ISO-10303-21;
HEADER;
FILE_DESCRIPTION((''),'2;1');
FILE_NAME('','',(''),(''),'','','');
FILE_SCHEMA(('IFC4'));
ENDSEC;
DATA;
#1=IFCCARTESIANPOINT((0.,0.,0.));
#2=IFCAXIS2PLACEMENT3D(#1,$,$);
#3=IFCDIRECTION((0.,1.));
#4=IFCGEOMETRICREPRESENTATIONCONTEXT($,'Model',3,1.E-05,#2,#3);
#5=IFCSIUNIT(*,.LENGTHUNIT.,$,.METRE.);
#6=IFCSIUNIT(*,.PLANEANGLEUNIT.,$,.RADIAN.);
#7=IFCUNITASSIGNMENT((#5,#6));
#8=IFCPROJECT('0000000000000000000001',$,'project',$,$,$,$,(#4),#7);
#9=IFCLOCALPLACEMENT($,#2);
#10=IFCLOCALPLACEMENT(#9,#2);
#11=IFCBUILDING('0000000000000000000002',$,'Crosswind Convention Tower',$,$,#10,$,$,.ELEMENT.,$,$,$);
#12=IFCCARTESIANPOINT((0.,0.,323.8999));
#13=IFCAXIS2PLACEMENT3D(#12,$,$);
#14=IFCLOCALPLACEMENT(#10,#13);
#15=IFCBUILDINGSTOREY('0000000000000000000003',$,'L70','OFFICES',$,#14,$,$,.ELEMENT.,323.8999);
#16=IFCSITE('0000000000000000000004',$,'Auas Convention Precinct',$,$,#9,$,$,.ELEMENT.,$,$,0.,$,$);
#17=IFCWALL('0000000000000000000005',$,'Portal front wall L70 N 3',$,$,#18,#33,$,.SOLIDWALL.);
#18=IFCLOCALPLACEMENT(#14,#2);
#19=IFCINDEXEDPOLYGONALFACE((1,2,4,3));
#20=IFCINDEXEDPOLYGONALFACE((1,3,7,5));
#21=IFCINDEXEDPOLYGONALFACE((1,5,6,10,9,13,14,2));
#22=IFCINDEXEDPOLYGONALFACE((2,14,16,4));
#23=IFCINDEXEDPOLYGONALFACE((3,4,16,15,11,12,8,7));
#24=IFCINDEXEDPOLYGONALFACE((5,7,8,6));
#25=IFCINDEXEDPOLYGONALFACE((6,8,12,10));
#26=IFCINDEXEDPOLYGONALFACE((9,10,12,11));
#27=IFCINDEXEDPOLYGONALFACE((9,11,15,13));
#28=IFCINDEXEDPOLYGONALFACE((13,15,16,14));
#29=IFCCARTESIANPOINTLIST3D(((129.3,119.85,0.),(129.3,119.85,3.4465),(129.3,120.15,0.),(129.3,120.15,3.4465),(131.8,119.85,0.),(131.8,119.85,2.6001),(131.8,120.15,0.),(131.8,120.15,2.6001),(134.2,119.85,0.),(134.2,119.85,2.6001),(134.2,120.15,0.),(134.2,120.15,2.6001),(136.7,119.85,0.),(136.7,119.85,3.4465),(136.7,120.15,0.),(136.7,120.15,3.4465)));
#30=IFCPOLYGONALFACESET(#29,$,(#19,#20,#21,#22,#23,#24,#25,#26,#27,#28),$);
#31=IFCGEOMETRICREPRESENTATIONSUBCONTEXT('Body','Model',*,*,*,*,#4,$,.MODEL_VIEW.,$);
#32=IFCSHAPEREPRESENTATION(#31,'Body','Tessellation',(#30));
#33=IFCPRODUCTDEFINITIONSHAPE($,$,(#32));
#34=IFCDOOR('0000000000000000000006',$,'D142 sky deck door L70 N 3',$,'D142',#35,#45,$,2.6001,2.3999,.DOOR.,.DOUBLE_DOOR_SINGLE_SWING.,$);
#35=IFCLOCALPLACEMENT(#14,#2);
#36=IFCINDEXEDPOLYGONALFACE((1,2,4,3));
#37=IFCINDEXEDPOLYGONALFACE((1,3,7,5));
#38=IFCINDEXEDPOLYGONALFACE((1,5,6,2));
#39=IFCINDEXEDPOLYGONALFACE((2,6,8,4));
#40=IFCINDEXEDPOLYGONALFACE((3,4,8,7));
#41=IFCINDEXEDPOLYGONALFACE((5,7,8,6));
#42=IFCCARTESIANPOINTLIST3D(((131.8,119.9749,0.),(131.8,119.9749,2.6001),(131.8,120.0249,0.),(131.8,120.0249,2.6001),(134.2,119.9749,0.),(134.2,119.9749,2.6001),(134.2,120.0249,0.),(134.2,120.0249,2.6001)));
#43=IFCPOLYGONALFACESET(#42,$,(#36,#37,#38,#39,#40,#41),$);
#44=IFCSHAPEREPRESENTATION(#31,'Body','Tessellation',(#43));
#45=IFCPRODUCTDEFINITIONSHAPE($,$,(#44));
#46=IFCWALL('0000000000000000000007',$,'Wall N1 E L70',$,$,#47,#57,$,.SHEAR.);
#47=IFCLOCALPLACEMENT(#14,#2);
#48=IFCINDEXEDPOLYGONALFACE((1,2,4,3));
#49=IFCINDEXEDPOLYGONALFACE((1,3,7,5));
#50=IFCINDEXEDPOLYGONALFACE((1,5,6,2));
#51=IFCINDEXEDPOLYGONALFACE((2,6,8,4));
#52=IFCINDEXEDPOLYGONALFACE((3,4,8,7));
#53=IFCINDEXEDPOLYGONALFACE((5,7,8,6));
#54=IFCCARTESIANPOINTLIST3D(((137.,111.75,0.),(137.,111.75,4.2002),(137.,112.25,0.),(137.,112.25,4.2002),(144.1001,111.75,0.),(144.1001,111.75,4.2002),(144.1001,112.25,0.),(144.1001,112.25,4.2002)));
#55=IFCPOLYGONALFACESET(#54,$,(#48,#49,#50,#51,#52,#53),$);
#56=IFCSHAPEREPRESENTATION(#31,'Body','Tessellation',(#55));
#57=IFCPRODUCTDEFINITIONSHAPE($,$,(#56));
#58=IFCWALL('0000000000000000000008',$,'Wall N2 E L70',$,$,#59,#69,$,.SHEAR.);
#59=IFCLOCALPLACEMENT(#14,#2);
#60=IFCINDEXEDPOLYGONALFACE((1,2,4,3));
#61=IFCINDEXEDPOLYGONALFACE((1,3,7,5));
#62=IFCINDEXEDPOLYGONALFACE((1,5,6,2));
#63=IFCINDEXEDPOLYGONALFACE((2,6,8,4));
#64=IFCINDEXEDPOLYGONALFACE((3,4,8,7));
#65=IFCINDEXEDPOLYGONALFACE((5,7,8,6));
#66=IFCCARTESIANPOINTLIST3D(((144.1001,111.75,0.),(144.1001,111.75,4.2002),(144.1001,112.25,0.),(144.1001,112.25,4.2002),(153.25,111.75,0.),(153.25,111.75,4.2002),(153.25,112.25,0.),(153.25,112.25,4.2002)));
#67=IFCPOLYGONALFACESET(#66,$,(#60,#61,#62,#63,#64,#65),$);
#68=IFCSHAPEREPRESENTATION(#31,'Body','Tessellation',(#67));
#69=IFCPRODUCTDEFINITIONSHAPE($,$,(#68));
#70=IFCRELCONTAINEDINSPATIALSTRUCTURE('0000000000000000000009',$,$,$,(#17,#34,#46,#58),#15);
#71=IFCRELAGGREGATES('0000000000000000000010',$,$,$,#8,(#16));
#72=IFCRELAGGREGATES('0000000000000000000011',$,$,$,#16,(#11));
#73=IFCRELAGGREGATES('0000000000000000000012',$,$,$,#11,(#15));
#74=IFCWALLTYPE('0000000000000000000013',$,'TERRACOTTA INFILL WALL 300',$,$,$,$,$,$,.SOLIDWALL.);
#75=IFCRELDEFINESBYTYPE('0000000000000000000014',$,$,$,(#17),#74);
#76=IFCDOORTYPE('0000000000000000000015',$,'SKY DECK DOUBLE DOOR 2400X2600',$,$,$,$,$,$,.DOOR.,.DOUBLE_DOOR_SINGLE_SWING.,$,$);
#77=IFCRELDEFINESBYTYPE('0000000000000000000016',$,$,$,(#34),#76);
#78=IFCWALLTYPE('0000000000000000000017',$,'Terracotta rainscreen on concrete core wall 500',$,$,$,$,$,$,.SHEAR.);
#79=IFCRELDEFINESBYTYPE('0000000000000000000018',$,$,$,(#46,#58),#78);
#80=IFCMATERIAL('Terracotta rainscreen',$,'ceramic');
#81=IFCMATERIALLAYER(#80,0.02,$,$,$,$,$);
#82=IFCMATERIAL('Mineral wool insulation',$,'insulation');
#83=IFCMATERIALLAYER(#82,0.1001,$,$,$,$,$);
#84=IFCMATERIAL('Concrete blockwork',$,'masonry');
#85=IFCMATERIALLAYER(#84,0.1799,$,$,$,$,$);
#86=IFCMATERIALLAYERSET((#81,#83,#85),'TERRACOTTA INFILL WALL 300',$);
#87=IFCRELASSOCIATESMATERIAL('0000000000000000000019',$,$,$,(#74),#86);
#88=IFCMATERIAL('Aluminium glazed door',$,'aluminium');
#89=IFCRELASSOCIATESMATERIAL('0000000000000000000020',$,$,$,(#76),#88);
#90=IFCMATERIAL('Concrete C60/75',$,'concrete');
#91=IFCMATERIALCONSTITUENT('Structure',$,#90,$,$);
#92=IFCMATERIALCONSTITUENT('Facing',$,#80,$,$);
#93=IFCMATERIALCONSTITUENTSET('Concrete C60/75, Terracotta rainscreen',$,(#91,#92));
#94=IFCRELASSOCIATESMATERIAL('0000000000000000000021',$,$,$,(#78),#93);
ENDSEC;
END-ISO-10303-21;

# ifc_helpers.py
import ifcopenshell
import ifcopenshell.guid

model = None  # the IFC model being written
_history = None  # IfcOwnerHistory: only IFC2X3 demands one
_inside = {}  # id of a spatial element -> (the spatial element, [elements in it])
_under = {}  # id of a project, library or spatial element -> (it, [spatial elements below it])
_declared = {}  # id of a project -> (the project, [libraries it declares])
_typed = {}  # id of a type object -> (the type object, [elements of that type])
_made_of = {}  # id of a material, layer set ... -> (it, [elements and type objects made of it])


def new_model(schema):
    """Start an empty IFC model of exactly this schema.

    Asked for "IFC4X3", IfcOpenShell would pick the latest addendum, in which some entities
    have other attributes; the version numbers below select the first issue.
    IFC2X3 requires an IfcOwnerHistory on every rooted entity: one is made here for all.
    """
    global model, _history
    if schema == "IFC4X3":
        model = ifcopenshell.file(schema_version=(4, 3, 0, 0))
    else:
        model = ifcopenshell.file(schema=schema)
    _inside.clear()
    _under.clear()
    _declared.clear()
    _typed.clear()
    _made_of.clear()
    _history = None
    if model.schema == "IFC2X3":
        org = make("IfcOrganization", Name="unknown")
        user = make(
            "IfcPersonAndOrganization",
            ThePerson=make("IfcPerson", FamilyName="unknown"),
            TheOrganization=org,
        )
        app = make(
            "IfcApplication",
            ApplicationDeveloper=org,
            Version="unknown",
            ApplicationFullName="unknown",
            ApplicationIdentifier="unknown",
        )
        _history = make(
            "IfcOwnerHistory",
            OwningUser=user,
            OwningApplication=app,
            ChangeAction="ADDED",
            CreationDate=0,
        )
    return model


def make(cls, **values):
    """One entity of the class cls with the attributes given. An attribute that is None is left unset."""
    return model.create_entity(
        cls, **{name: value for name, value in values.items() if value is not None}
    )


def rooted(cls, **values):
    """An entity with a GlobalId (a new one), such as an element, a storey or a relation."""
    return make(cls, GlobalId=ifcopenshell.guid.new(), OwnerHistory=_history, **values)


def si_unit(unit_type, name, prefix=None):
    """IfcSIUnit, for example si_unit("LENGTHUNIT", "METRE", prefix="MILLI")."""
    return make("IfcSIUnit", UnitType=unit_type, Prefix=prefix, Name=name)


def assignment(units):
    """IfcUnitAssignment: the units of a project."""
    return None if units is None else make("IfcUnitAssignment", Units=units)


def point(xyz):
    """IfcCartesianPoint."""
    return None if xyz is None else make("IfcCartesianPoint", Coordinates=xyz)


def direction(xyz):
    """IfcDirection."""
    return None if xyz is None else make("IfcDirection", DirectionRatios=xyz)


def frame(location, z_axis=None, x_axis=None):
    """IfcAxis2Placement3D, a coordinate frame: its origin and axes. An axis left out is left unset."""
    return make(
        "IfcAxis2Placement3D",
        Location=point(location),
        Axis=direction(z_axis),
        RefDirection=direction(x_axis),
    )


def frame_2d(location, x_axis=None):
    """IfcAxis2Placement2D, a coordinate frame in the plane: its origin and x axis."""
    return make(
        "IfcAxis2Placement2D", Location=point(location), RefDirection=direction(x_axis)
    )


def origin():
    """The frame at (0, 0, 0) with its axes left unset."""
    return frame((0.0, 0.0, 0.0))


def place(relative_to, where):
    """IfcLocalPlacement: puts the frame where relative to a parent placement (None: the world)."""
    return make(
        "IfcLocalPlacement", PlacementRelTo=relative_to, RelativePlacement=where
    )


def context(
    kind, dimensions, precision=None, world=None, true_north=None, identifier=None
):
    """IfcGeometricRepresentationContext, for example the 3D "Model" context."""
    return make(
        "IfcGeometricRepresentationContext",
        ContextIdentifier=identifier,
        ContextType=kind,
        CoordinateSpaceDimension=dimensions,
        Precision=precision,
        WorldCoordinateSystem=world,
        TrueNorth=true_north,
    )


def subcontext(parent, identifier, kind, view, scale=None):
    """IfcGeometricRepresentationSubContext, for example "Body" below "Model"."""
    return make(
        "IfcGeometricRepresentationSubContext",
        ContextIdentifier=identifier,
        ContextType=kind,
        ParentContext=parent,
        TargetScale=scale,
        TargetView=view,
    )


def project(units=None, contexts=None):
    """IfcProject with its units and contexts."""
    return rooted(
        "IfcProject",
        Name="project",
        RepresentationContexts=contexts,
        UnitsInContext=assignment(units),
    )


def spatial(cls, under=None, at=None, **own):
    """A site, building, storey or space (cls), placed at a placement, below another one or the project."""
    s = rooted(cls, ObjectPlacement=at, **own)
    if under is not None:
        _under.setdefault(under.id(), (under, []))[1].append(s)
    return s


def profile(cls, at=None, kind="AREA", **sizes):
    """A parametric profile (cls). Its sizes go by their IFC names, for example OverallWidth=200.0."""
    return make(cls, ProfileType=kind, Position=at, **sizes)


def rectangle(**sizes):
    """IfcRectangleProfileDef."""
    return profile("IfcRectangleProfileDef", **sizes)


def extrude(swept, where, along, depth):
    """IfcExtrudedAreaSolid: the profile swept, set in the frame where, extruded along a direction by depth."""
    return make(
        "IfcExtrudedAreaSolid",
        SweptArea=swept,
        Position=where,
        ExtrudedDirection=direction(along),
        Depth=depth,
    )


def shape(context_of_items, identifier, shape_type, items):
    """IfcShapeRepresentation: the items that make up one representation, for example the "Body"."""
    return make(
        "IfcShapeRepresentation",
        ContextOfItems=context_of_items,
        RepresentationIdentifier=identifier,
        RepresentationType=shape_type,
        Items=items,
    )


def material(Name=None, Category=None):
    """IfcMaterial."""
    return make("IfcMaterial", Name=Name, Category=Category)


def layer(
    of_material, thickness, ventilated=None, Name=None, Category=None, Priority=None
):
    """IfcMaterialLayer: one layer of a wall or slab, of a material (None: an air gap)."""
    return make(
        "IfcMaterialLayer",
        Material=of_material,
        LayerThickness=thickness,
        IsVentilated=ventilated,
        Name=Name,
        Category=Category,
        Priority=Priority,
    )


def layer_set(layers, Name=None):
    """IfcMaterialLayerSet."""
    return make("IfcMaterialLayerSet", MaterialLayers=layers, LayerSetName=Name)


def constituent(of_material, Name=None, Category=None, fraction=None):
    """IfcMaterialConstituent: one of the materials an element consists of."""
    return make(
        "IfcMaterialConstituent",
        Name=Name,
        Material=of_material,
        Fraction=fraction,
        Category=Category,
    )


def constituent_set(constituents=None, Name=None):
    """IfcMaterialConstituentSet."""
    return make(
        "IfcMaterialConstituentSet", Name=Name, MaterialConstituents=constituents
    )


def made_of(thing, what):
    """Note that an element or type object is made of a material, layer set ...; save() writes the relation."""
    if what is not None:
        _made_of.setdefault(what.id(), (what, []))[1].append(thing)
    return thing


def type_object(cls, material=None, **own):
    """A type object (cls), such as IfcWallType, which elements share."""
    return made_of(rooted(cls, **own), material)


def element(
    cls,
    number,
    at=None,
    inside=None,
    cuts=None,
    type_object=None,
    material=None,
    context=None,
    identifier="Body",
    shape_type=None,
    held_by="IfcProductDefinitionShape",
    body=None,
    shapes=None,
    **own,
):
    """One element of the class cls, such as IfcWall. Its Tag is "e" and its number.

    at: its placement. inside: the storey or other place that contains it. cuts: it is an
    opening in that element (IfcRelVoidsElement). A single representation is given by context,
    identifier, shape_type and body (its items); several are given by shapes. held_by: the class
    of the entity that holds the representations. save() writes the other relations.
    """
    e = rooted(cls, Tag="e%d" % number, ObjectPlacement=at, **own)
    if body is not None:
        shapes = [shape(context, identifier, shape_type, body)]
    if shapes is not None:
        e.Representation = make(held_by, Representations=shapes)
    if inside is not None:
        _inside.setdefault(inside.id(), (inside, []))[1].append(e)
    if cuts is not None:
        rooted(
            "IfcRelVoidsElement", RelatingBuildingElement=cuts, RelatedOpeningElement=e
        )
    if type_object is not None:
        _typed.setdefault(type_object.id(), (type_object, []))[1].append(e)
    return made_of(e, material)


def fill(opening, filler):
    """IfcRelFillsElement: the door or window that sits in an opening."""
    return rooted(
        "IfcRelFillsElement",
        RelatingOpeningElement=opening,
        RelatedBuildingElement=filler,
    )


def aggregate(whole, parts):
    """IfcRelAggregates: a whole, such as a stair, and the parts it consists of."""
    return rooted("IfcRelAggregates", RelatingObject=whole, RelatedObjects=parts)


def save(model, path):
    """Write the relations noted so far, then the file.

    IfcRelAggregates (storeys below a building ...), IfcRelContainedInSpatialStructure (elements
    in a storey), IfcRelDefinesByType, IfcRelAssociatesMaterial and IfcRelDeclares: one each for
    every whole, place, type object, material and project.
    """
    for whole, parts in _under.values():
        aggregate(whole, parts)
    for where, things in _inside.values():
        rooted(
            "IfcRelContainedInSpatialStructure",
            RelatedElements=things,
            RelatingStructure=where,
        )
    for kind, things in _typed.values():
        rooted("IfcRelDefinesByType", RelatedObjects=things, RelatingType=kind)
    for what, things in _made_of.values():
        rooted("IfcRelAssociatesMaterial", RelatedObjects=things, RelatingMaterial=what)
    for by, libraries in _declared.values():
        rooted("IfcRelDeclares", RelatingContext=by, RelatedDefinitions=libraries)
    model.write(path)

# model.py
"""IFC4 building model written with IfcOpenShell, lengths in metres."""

from ifc_helpers import new_model, si_unit, direction, frame, frame_2d, origin, place, context, subcontext, project, spatial, rectangle, extrude, material, layer, layer_set, constituent, constituent_set, type_object, element, fill, save


model = new_model("IFC4")

# Units and contexts
model_context = context("Model", 3, precision=1e-05, world=origin(), true_north=direction((0.0, 1.0)))
body_context = subcontext(model_context, "Body", "Model", "MODEL_VIEW")
ifc_project = project(units=[si_unit("LENGTHUNIT", "METRE"), si_unit("PLANEANGLEUNIT", "RADIAN")], contexts=[model_context])

# Site, building, storey
site_placement = place(None, origin())
site = spatial("IfcSite", under=ifc_project, at=site_placement, Name="Auas Convention Precinct", CompositionType="ELEMENT", RefElevation=0.0)
building_placement = place(site_placement, origin())
building = spatial("IfcBuilding", under=site, at=building_placement, Name="Crosswind Convention Tower", CompositionType="ELEMENT")
storey_placement = place(building_placement, frame((0.0, 0.0, 323.8999)))
storey = spatial("IfcBuildingStorey", under=building, at=storey_placement, Name="L70", Description="OFFICES", CompositionType="ELEMENT", Elevation=323.8999)

# Shared definitions
ifc_material_1 = material(Name="Concrete C60/75", Category="concrete")

# Wall, opening, door
ifc_material_2 = material(Name="Terracotta rainscreen", Category="ceramic")
ifc_layer_1 = layer(ifc_material_2, 0.02)
ifc_material_3 = material(Name="Mineral wool insulation", Category="insulation")
ifc_layer_2 = layer(ifc_material_3, 0.1001)
ifc_material_4 = material(Name="Concrete blockwork", Category="masonry")
ifc_layer_3 = layer(ifc_material_4, 0.1799)
ifc_layer_set_1 = layer_set([ifc_layer_1, ifc_layer_2, ifc_layer_3], Name="TERRACOTTA INFILL WALL 300")
wall_type_1 = type_object("IfcWallType", Name="TERRACOTTA INFILL WALL 300", PredefinedType="SOLIDWALL", material=ifc_layer_set_1)
wall_1_placement = place(storey_placement, frame((129.3, 120.0, 0.0), z_axis=(0.0, 0.0, 1.0), x_axis=(1.0, 0.0, 0.0)))
wall_1 = element("IfcWall", 1, at=wall_1_placement, inside=storey, type_object=wall_type_1, Name="Portal front wall L70 N 3", PredefinedType="SOLIDWALL", context=body_context, shape_type="SweptSolid", body=[
    extrude(rectangle(XDim=7.3999, YDim=0.3, at=frame_2d((3.7, 0.0))), origin(), (0.0, 0.0, 1.0), 3.4465),
])
opening_placement = place(wall_1_placement, frame((2.5, 0.0, 0.0)))
opening = element("IfcOpeningElement", 2, at=opening_placement, cuts=wall_1, PredefinedType="OPENING", context=body_context, shape_type="SweptSolid", body=[
    extrude(rectangle(XDim=2.3999, YDim=2.6001, at=frame_2d((1.2, 1.3))), frame((0.0, 0.1599, 0.0), z_axis=(0.0, -1.0, 0.0), x_axis=(1.0, 0.0, 0.0)), (0.0, 0.0, 1.0), 0.3201),
])
ifc_material_5 = material(Name="Aluminium glazed door", Category="aluminium")
door_type = type_object("IfcDoorType", Name="SKY DECK DOUBLE DOOR 2400X2600", OperationType="DOUBLE_DOOR_SINGLE_SWING", PredefinedType="DOOR", material=ifc_material_5)
door_placement = place(opening_placement, origin())
door = element("IfcDoor", 3, at=door_placement, inside=storey, type_object=door_type, Name="D142 sky deck door L70 N 3", ObjectType="D142", OperationType="DOUBLE_DOOR_SINGLE_SWING", OverallHeight=2.6001, OverallWidth=2.3999, PredefinedType="DOOR", context=body_context, shape_type="SweptSolid", body=[
    extrude(rectangle(XDim=2.3999, YDim=2.6001, at=frame_2d((1.2, 1.3))), frame((0.0, 0.0249, 0.0), z_axis=(0.0, -1.0, 0.0), x_axis=(1.0, 0.0, 0.0)), (0.0, 0.0, 1.0), 0.05),
])
fill(opening, door)

# Walls
ifc_constituent_1 = constituent(ifc_material_1, Name="Structure")
ifc_constituent_2 = constituent(ifc_material_2, Name="Facing")
ifc_constituent_set = constituent_set(constituents=[ifc_constituent_1, ifc_constituent_2], Name="Concrete C60/75, Terracotta rainscreen")
wall_type_2 = type_object("IfcWallType", Name="Terracotta rainscreen on concrete core wall 500", PredefinedType="SHEAR", material=ifc_constituent_set)
wall_2_placement = place(storey_placement, frame((137.0, 112.0, 0.0), z_axis=(0.0, 0.0, 1.0), x_axis=(1.0, 0.0, 0.0)))
element("IfcWall", 4, at=wall_2_placement, inside=storey, type_object=wall_type_2, Name="Wall N1 E L70", PredefinedType="SHEAR", context=body_context, shape_type="SweptSolid", body=[
    extrude(rectangle(XDim=7.1001, YDim=0.5, at=frame_2d((3.55, 0.0))), origin(), (0.0, 0.0, 1.0), 4.2002),
])
wall_3_placement = place(storey_placement, frame((144.1001, 112.0, 0.0), z_axis=(0.0, 0.0, 1.0), x_axis=(1.0, 0.0, 0.0)))
element("IfcWall", 5, at=wall_3_placement, inside=storey, type_object=wall_type_2, Name="Wall N2 E L70", PredefinedType="SHEAR", context=body_context, shape_type="SweptSolid", body=[
    extrude(rectangle(XDim=9.1499, YDim=0.5, at=frame_2d((4.575, 0.0))), origin(), (0.0, 0.0, 1.0), 4.2002),
])

save(model, "model.ifc")
